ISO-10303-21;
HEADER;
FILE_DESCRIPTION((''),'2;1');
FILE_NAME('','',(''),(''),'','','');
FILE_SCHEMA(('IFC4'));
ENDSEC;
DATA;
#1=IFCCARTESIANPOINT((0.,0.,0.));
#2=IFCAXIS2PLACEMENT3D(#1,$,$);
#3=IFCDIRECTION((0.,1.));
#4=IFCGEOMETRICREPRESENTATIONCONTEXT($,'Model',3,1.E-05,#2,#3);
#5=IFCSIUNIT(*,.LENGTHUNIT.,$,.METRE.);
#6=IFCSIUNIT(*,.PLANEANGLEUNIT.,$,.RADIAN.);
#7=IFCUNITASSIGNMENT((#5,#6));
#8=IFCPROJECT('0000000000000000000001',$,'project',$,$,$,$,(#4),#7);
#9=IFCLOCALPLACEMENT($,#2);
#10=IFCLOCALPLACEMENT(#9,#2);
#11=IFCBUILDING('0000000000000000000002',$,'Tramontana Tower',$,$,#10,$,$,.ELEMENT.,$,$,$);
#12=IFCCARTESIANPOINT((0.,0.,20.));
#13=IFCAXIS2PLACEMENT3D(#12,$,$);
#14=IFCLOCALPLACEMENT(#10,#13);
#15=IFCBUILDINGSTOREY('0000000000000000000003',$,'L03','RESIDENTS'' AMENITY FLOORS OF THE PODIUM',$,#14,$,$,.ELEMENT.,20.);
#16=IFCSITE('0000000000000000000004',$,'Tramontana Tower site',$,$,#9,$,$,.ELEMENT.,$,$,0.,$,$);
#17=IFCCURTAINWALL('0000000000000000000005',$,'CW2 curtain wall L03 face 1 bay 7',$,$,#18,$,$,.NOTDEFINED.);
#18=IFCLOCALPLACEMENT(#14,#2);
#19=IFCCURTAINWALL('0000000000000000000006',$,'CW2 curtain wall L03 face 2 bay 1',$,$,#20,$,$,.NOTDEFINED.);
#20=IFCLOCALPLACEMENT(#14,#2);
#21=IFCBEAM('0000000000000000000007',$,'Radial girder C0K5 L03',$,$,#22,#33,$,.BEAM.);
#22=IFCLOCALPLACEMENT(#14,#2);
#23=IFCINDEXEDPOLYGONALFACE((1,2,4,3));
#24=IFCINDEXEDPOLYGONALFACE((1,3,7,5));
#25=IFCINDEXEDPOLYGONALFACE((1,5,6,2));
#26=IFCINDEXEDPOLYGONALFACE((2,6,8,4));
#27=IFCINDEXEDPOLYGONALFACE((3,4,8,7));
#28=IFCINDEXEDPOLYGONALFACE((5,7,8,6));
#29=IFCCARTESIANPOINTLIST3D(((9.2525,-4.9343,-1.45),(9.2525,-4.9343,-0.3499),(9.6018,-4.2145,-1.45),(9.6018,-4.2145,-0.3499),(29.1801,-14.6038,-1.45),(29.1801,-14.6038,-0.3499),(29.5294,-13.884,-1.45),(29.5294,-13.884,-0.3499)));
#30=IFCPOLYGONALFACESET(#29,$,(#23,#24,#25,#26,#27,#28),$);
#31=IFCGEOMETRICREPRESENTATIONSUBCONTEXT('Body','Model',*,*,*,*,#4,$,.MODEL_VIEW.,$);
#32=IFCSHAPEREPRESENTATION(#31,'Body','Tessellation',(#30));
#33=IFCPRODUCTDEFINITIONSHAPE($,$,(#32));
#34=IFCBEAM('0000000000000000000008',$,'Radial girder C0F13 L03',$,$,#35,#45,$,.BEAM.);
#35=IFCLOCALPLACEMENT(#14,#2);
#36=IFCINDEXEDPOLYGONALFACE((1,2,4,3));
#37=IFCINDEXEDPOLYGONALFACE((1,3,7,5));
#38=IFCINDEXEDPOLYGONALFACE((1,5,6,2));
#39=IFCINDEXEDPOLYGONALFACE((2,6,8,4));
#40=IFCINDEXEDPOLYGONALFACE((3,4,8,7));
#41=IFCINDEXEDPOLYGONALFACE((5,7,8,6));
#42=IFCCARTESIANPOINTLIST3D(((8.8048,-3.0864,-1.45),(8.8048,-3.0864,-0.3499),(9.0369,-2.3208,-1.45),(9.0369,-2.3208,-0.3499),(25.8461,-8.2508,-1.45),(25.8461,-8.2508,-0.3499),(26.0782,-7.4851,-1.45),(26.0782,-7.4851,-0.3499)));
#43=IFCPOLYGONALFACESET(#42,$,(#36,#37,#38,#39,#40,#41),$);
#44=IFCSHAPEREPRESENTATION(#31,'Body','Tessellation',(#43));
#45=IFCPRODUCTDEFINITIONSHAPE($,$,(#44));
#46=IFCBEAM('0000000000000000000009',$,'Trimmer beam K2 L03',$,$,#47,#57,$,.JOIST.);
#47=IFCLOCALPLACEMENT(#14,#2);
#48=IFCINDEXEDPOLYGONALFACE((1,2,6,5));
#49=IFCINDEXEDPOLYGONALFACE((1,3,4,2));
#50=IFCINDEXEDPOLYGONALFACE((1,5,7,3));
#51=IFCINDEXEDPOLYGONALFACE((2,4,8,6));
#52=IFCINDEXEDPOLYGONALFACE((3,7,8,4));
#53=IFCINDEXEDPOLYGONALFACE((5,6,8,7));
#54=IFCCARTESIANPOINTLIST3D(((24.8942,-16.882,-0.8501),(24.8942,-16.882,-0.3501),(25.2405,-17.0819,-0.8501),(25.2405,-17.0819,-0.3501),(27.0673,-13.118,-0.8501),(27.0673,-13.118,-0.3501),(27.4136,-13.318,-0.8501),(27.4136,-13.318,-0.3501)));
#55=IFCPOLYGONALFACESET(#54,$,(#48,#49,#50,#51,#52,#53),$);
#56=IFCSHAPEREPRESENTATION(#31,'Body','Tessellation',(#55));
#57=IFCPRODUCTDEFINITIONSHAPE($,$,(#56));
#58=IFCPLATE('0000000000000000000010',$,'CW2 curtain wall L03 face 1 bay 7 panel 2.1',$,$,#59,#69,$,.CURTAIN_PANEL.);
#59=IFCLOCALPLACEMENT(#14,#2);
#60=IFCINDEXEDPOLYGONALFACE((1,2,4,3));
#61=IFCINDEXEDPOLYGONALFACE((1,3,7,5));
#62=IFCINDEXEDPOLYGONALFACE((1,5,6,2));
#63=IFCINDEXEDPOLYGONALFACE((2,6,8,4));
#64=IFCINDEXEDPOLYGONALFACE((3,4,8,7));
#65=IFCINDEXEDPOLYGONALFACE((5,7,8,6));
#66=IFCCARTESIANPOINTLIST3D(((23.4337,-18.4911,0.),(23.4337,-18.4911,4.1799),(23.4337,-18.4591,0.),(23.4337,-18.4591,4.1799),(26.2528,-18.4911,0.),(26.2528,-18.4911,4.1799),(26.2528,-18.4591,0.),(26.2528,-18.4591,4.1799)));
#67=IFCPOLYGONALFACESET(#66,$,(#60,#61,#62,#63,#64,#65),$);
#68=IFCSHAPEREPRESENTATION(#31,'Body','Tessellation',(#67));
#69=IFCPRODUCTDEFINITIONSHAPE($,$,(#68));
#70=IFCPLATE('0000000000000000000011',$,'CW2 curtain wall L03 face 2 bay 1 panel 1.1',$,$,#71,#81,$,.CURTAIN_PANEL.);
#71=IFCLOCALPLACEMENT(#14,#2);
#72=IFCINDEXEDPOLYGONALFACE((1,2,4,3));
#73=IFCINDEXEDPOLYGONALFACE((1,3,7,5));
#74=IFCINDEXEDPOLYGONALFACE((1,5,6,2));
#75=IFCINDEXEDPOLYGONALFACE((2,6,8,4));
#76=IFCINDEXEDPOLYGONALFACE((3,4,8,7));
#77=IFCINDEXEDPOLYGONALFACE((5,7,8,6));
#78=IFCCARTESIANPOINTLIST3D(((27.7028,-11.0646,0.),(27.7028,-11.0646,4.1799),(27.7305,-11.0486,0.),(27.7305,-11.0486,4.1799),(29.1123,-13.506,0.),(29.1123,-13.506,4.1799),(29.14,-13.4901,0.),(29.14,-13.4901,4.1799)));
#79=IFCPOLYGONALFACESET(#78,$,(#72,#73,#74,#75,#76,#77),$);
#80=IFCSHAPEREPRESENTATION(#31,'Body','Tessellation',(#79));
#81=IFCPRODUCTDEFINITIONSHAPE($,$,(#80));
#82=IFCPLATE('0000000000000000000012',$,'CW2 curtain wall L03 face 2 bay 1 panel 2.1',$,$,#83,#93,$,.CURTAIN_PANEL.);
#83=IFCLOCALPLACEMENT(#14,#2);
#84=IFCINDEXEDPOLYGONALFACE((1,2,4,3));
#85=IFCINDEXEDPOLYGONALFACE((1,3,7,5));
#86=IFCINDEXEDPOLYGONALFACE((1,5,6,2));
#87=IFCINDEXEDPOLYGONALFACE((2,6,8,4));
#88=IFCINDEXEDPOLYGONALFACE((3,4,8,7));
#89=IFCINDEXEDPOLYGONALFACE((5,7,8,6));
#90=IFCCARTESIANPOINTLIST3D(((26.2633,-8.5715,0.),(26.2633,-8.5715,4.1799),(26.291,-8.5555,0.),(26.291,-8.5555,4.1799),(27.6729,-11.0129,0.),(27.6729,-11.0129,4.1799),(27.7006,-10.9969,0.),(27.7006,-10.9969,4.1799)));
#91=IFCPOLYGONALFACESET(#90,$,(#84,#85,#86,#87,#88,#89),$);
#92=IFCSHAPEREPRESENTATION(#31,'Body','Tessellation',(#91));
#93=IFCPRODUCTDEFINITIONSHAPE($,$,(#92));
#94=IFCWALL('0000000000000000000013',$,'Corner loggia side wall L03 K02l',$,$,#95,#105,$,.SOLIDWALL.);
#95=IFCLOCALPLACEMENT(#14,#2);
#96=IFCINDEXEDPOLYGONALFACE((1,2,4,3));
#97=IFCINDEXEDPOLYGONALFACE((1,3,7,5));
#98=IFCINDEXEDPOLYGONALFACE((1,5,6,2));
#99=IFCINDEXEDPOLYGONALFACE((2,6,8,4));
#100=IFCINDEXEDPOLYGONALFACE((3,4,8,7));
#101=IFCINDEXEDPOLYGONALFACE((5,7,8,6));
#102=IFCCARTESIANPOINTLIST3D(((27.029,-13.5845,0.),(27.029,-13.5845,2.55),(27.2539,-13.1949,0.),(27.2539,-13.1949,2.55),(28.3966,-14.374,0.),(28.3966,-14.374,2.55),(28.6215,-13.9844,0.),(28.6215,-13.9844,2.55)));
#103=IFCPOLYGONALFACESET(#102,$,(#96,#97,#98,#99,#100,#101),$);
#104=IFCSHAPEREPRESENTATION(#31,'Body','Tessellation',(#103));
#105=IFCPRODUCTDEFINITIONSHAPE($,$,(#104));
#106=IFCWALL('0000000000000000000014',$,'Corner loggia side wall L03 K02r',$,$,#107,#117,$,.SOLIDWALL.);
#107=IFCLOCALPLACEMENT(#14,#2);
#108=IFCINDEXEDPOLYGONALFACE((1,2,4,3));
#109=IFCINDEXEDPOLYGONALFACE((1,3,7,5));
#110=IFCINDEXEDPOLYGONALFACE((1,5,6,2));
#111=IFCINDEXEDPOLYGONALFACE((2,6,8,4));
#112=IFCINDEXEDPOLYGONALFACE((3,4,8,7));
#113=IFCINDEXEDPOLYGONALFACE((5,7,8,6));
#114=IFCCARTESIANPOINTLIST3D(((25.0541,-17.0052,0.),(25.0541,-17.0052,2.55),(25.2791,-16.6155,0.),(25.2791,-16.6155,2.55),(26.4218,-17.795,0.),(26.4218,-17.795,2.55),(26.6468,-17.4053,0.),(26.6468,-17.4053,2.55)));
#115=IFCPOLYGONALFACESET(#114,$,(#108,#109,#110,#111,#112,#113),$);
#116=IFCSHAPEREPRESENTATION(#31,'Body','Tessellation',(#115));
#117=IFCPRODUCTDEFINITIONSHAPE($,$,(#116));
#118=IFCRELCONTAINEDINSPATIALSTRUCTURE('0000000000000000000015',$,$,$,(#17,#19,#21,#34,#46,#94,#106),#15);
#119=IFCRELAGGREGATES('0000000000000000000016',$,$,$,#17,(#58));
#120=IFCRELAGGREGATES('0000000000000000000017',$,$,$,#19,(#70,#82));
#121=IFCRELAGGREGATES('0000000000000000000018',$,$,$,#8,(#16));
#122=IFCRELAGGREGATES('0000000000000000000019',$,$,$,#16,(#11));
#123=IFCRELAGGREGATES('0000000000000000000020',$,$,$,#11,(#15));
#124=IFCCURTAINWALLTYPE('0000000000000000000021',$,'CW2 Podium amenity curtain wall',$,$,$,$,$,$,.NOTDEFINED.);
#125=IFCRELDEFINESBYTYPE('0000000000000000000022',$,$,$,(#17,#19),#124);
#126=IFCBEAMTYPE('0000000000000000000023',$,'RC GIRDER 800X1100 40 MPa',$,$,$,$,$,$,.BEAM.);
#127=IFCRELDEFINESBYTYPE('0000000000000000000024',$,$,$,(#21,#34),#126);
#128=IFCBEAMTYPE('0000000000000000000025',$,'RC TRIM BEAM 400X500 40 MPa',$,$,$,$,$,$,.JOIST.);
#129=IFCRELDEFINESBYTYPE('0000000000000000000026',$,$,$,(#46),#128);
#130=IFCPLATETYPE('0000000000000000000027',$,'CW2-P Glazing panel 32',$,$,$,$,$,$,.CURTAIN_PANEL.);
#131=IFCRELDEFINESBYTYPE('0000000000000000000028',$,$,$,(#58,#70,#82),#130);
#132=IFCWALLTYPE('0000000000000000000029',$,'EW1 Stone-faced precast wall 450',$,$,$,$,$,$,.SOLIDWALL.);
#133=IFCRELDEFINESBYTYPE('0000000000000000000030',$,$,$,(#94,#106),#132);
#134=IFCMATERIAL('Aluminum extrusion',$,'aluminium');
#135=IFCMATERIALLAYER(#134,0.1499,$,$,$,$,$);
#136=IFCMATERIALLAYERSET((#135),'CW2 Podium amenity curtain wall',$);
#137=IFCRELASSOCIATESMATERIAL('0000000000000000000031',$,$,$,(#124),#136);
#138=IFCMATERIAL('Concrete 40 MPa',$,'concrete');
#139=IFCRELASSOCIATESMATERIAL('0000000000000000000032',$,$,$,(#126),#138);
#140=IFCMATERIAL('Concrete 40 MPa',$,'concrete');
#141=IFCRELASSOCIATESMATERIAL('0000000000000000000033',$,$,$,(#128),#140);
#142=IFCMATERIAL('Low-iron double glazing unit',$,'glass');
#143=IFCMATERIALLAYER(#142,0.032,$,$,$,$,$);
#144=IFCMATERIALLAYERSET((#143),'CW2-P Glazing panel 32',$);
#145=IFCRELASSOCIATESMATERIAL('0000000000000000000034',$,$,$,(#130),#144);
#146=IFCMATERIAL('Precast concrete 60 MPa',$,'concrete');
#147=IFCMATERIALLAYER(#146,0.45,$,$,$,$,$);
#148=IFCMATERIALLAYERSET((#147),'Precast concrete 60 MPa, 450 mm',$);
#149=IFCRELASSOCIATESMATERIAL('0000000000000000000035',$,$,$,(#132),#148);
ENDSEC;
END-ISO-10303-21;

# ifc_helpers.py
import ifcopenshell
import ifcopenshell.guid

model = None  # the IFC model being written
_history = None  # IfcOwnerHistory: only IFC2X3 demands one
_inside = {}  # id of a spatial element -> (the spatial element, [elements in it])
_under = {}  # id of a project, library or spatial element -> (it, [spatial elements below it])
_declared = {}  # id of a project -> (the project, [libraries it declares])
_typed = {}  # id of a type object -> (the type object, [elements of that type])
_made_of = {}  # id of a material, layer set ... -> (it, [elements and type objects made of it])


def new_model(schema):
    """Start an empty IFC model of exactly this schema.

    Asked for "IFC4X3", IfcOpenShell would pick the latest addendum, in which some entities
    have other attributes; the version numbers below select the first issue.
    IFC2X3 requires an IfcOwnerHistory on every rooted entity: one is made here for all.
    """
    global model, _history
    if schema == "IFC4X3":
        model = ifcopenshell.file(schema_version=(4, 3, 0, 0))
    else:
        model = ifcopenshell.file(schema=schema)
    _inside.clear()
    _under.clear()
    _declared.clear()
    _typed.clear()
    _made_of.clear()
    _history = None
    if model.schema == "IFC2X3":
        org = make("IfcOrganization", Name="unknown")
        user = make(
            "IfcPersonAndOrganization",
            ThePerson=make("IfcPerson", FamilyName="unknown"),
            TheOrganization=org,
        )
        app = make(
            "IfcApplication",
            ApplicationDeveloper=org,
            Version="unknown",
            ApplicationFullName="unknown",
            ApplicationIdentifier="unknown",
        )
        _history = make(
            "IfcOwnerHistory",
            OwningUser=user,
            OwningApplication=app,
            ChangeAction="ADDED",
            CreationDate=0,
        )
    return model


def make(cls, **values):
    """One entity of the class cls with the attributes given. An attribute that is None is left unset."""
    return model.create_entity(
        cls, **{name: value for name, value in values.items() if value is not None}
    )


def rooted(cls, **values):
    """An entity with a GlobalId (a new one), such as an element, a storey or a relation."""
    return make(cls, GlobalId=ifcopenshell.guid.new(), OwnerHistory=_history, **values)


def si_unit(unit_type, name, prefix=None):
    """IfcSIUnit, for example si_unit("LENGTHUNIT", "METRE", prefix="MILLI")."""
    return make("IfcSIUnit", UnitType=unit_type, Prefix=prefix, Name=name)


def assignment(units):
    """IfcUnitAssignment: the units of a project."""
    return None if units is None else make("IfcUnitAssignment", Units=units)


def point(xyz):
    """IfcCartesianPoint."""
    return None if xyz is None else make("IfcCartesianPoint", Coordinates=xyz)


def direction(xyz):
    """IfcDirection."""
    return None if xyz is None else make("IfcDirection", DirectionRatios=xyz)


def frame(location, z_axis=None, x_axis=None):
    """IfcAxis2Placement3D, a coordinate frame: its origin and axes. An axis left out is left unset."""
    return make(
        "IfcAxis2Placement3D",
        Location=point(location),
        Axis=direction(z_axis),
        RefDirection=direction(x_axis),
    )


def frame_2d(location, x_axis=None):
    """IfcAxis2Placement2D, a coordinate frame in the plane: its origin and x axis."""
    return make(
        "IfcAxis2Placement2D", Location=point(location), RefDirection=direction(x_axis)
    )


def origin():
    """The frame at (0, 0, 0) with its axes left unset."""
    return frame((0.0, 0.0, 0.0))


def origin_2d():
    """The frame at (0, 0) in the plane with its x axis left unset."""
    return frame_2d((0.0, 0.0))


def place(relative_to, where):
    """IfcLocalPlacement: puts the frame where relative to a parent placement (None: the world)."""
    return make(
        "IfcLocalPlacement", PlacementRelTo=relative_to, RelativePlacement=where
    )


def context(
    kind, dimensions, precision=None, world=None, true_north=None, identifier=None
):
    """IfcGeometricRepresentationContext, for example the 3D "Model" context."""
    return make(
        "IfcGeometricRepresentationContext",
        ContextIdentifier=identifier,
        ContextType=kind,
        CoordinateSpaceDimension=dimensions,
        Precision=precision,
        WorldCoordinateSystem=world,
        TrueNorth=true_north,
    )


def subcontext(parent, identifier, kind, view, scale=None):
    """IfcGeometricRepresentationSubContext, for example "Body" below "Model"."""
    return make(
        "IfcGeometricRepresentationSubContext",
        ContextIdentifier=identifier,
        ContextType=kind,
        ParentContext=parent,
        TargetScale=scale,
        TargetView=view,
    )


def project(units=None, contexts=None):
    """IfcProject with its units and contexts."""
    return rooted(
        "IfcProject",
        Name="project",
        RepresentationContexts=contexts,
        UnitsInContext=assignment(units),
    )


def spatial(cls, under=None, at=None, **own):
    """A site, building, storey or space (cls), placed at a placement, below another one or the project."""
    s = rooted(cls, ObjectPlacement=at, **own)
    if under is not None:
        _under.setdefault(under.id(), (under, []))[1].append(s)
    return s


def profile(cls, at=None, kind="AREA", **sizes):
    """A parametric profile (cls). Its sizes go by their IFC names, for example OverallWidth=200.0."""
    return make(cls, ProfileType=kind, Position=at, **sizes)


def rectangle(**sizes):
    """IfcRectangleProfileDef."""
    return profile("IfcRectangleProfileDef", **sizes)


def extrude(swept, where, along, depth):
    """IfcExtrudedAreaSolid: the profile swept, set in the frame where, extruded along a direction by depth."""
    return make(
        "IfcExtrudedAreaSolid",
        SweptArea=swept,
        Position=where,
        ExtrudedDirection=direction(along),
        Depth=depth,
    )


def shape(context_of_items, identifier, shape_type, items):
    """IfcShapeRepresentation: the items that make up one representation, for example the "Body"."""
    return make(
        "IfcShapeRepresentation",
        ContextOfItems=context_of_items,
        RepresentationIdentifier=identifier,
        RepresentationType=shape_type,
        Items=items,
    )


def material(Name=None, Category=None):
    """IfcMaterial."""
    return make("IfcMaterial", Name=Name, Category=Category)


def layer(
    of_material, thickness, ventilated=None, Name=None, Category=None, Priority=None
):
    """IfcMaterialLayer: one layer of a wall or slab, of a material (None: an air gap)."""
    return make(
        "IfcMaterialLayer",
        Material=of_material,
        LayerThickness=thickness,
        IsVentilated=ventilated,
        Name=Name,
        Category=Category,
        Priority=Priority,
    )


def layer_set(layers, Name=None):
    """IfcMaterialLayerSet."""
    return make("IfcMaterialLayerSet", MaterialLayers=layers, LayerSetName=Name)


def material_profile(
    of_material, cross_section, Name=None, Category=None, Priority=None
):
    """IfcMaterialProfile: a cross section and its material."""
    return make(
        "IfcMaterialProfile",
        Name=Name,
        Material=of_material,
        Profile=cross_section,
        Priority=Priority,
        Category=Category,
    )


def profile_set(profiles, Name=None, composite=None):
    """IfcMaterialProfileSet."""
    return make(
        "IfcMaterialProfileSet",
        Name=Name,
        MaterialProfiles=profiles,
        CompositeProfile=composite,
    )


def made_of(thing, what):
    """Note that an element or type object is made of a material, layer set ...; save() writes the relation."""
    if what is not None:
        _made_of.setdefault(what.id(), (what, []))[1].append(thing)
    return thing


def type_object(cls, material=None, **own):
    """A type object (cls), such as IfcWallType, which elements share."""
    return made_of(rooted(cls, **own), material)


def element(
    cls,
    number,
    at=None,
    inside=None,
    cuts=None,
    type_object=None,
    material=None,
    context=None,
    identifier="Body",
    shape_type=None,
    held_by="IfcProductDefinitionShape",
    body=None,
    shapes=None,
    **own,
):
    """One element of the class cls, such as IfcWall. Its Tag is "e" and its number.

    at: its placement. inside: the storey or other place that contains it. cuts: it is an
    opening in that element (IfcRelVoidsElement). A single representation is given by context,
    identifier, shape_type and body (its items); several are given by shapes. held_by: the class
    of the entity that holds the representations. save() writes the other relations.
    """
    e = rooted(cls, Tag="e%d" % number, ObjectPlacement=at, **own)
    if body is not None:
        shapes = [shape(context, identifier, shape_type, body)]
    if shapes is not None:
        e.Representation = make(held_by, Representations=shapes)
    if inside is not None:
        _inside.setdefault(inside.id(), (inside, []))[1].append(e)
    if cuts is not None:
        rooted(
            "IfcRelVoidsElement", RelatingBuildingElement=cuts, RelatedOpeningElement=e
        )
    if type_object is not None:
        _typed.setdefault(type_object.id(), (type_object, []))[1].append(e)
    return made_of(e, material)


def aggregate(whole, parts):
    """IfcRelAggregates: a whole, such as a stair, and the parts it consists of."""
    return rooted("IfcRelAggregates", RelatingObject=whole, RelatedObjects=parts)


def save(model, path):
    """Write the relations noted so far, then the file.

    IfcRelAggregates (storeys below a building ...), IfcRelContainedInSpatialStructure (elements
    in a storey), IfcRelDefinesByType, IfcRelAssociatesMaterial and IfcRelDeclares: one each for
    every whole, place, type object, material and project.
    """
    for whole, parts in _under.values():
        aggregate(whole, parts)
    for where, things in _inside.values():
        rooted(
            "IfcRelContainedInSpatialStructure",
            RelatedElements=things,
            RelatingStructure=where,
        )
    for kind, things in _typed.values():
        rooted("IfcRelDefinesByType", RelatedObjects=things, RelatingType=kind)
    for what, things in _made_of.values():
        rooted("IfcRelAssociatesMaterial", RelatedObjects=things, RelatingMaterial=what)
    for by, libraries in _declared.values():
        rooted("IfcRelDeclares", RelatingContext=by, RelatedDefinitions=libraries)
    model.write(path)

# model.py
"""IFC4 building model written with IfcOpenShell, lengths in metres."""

from ifc_helpers import new_model, si_unit, direction, frame, frame_2d, origin, origin_2d, place, context, subcontext, project, spatial, rectangle, extrude, material, layer, layer_set, material_profile, profile_set, type_object, element, aggregate, save


model = new_model("IFC4")

# Units and contexts
model_context = context("Model", 3, precision=1e-05, world=origin(), true_north=direction((0.0, 1.0)))
body_context = subcontext(model_context, "Body", "Model", "MODEL_VIEW")
ifc_project = project(units=[si_unit("LENGTHUNIT", "METRE"), si_unit("PLANEANGLEUNIT", "RADIAN")], contexts=[model_context])

# Site, building, storey
site_placement = place(None, origin())
site = spatial("IfcSite", under=ifc_project, at=site_placement, Name="Tramontana Tower site", CompositionType="ELEMENT", RefElevation=0.0)
building_placement = place(site_placement, origin())
building = spatial("IfcBuilding", under=site, at=building_placement, Name="Tramontana Tower", CompositionType="ELEMENT")
storey_placement = place(building_placement, frame((0.0, 0.0, 20.0)))
storey = spatial("IfcBuildingStorey", under=building, at=storey_placement, Name="L03", Description="RESIDENTS' AMENITY FLOORS OF THE PODIUM", CompositionType="ELEMENT", Elevation=20.0)

# Curtain wall
ifc_material_1 = material(Name="Aluminum extrusion", Category="aluminium")
ifc_layer_1 = layer(ifc_material_1, 0.1499)
ifc_layer_set_1 = layer_set([ifc_layer_1], Name="CW2 Podium amenity curtain wall")
curtain_wall_type = type_object("IfcCurtainWallType", Name="CW2 Podium amenity curtain wall", PredefinedType="NOTDEFINED", material=ifc_layer_set_1)
curtain_wall_1_placement = place(storey_placement, origin())
curtain_wall_1 = element("IfcCurtainWall", 1, at=curtain_wall_1_placement, inside=storey, type_object=curtain_wall_type, Name="CW2 curtain wall L03 face 1 bay 7", PredefinedType="NOTDEFINED")

# Curtain wall
curtain_wall_2_placement = place(storey_placement, origin())
curtain_wall_2 = element("IfcCurtainWall", 2, at=curtain_wall_2_placement, inside=storey, type_object=curtain_wall_type, Name="CW2 curtain wall L03 face 2 bay 1", PredefinedType="NOTDEFINED")

# Beams
ifc_material_2 = material(Name="Concrete 40 MPa", Category="concrete")
ifc_material_profile_1 = material_profile(ifc_material_2, rectangle(XDim=0.8, YDim=1.1001, at=origin_2d()), Name="RC GIRDER 800X1100 40 MPa")
ifc_profile_set_1 = profile_set([ifc_material_profile_1], Name="Concrete 40 MPa")
beam_type_1 = type_object("IfcBeamType", Name="RC GIRDER 800X1100 40 MPa", PredefinedType="BEAM", material=ifc_profile_set_1)
beam_1_placement = place(storey_placement, frame((29.3547, -14.2439, -0.8999), z_axis=(-0.899679, 0.436552, 0.0), x_axis=(-0.436552, -0.899679, 0.0)))
element("IfcBeam", 3, at=beam_1_placement, inside=storey, type_object=beam_type_1, Name="Radial girder C0K5 L03", PredefinedType="BEAM", context=body_context, shape_type="SweptSolid", body=[
    extrude(rectangle(XDim=0.8, YDim=1.1001, at=origin_2d()), origin(), (0.0, 0.0, 1.0), 22.1497),
])
beam_2_placement = place(storey_placement, frame((25.9622, -7.8679, -0.8999), z_axis=(-0.95702, 0.290022, 0.0), x_axis=(-0.290022, -0.95702, 0.0)))
element("IfcBeam", 4, at=beam_2_placement, inside=storey, type_object=beam_type_1, Name="Radial girder C0F13 L03", PredefinedType="BEAM", context=body_context, shape_type="SweptSolid", body=[
    extrude(rectangle(XDim=0.8, YDim=1.1001, at=origin_2d()), origin(), (0.0, 0.0, 1.0), 17.8066),
])
ifc_material_3 = material(Name="Concrete 40 MPa", Category="concrete")
ifc_material_profile_2 = material_profile(ifc_material_3, rectangle(XDim=0.3999, YDim=0.5, at=origin_2d()), Name="RC TRIM BEAM 400X500 40 MPa")
ifc_profile_set_2 = profile_set([ifc_material_profile_2], Name="Concrete 40 MPa")
beam_type_2 = type_object("IfcBeamType", Name="RC TRIM BEAM 400X500 40 MPa", PredefinedType="JOIST", material=ifc_profile_set_2)
beam_3_placement = place(storey_placement, frame((25.0674, -16.9819, -0.6001), z_axis=(0.5, 0.866026, 0.0), x_axis=(-0.866026, 0.5, 0.0)))
element("IfcBeam", 5, at=beam_3_placement, inside=storey, type_object=beam_type_2, Name="Trimmer beam K2 L03", PredefinedType="JOIST", context=body_context, shape_type="SweptSolid", body=[
    extrude(rectangle(XDim=0.3999, YDim=0.5, at=origin_2d()), origin(), (0.0, 0.0, 1.0), 4.3462),
])

# Plates
ifc_material_4 = material(Name="Low-iron double glazing unit", Category="glass")
ifc_layer_2 = layer(ifc_material_4, 0.032)
ifc_layer_set_2 = layer_set([ifc_layer_2], Name="CW2-P Glazing panel 32")
plate_type = type_object("IfcPlateType", Name="CW2-P Glazing panel 32", PredefinedType="CURTAIN_PANEL", material=ifc_layer_set_2)
plate_1_placement = place(storey_placement, frame((24.8433, -18.4751, 0.0), z_axis=(0.0, 0.0, 1.0), x_axis=(1.0, 0.0, 0.0)))
plate_1 = element("IfcPlate", 6, at=plate_1_placement, type_object=plate_type, Name="CW2 curtain wall L03 face 1 bay 7 panel 2.1", PredefinedType="CURTAIN_PANEL", context=body_context, shape_type="SweptSolid", body=[
    extrude(rectangle(XDim=2.8191, YDim=0.032, at=origin_2d()), origin(), (0.0, 0.0, 1.0), 4.1799),
])
aggregate(curtain_wall_1, [plate_1])
plate_2_placement = place(storey_placement, frame((28.4214, -12.2773, 0.0), z_axis=(0.0, 0.0, 1.0), x_axis=(-0.5, 0.866025, 0.0)))
plate_2 = element("IfcPlate", 7, at=plate_2_placement, type_object=plate_type, Name="CW2 curtain wall L03 face 2 bay 1 panel 1.1", PredefinedType="CURTAIN_PANEL", context=body_context, shape_type="SweptSolid", body=[
    extrude(rectangle(XDim=2.8191, YDim=0.032, at=origin_2d()), origin(), (0.0, 0.0, 1.0), 4.1799),
])
plate_3_placement = place(storey_placement, frame((26.9819, -9.7842, 0.0), z_axis=(0.0, 0.0, 1.0), x_axis=(-0.5, 0.866025, 0.0)))
plate_3 = element("IfcPlate", 8, at=plate_3_placement, type_object=plate_type, Name="CW2 curtain wall L03 face 2 bay 1 panel 2.1", PredefinedType="CURTAIN_PANEL", context=body_context, shape_type="SweptSolid", body=[
    extrude(rectangle(XDim=2.8191, YDim=0.032, at=origin_2d()), origin(), (0.0, 0.0, 1.0), 4.1799),
])
aggregate(curtain_wall_2, [plate_2, plate_3])

# Walls
ifc_material_5 = material(Name="Precast concrete 60 MPa", Category="concrete")
ifc_layer_3 = layer(ifc_material_5, 0.45)
ifc_layer_set_3 = layer_set([ifc_layer_3], Name="Precast concrete 60 MPa, 450 mm")
wall_type_1 = type_object("IfcWallType", Name="EW1 Stone-faced precast wall 450", PredefinedType="SOLIDWALL", material=ifc_layer_set_3)
wall_1_placement = place(storey_placement, frame((28.509, -14.1792, 0.0), z_axis=(0.0, 0.0, 1.0), x_axis=(-0.866047, 0.499963, 0.0)))
element("IfcWall", 9, at=wall_1_placement, inside=storey, type_object=wall_type_1, Name="Corner loggia side wall L03 K02l", PredefinedType="SOLIDWALL", context=body_context, shape_type="SweptSolid", body=[
    extrude(rectangle(XDim=1.5791, YDim=0.45, at=frame_2d((0.7896, 0.0))), origin(), (0.0, 0.0, 1.0), 2.55),
])
wall_2_placement = place(storey_placement, frame((26.5342, -17.6001, 0.0), z_axis=(0.0, 0.0, 1.0), x_axis=(-0.86598, 0.500079, 0.0)))
element("IfcWall", 10, at=wall_2_placement, inside=storey, type_object=wall_type_1, Name="Corner loggia side wall L03 K02r", PredefinedType="SOLIDWALL", context=body_context, shape_type="SweptSolid", body=[
    extrude(rectangle(XDim=1.5793, YDim=0.45, at=frame_2d((0.7896, 0.0))), origin(), (0.0, 0.0, 1.0), 2.55),
])

save(model, "model.ifc")
